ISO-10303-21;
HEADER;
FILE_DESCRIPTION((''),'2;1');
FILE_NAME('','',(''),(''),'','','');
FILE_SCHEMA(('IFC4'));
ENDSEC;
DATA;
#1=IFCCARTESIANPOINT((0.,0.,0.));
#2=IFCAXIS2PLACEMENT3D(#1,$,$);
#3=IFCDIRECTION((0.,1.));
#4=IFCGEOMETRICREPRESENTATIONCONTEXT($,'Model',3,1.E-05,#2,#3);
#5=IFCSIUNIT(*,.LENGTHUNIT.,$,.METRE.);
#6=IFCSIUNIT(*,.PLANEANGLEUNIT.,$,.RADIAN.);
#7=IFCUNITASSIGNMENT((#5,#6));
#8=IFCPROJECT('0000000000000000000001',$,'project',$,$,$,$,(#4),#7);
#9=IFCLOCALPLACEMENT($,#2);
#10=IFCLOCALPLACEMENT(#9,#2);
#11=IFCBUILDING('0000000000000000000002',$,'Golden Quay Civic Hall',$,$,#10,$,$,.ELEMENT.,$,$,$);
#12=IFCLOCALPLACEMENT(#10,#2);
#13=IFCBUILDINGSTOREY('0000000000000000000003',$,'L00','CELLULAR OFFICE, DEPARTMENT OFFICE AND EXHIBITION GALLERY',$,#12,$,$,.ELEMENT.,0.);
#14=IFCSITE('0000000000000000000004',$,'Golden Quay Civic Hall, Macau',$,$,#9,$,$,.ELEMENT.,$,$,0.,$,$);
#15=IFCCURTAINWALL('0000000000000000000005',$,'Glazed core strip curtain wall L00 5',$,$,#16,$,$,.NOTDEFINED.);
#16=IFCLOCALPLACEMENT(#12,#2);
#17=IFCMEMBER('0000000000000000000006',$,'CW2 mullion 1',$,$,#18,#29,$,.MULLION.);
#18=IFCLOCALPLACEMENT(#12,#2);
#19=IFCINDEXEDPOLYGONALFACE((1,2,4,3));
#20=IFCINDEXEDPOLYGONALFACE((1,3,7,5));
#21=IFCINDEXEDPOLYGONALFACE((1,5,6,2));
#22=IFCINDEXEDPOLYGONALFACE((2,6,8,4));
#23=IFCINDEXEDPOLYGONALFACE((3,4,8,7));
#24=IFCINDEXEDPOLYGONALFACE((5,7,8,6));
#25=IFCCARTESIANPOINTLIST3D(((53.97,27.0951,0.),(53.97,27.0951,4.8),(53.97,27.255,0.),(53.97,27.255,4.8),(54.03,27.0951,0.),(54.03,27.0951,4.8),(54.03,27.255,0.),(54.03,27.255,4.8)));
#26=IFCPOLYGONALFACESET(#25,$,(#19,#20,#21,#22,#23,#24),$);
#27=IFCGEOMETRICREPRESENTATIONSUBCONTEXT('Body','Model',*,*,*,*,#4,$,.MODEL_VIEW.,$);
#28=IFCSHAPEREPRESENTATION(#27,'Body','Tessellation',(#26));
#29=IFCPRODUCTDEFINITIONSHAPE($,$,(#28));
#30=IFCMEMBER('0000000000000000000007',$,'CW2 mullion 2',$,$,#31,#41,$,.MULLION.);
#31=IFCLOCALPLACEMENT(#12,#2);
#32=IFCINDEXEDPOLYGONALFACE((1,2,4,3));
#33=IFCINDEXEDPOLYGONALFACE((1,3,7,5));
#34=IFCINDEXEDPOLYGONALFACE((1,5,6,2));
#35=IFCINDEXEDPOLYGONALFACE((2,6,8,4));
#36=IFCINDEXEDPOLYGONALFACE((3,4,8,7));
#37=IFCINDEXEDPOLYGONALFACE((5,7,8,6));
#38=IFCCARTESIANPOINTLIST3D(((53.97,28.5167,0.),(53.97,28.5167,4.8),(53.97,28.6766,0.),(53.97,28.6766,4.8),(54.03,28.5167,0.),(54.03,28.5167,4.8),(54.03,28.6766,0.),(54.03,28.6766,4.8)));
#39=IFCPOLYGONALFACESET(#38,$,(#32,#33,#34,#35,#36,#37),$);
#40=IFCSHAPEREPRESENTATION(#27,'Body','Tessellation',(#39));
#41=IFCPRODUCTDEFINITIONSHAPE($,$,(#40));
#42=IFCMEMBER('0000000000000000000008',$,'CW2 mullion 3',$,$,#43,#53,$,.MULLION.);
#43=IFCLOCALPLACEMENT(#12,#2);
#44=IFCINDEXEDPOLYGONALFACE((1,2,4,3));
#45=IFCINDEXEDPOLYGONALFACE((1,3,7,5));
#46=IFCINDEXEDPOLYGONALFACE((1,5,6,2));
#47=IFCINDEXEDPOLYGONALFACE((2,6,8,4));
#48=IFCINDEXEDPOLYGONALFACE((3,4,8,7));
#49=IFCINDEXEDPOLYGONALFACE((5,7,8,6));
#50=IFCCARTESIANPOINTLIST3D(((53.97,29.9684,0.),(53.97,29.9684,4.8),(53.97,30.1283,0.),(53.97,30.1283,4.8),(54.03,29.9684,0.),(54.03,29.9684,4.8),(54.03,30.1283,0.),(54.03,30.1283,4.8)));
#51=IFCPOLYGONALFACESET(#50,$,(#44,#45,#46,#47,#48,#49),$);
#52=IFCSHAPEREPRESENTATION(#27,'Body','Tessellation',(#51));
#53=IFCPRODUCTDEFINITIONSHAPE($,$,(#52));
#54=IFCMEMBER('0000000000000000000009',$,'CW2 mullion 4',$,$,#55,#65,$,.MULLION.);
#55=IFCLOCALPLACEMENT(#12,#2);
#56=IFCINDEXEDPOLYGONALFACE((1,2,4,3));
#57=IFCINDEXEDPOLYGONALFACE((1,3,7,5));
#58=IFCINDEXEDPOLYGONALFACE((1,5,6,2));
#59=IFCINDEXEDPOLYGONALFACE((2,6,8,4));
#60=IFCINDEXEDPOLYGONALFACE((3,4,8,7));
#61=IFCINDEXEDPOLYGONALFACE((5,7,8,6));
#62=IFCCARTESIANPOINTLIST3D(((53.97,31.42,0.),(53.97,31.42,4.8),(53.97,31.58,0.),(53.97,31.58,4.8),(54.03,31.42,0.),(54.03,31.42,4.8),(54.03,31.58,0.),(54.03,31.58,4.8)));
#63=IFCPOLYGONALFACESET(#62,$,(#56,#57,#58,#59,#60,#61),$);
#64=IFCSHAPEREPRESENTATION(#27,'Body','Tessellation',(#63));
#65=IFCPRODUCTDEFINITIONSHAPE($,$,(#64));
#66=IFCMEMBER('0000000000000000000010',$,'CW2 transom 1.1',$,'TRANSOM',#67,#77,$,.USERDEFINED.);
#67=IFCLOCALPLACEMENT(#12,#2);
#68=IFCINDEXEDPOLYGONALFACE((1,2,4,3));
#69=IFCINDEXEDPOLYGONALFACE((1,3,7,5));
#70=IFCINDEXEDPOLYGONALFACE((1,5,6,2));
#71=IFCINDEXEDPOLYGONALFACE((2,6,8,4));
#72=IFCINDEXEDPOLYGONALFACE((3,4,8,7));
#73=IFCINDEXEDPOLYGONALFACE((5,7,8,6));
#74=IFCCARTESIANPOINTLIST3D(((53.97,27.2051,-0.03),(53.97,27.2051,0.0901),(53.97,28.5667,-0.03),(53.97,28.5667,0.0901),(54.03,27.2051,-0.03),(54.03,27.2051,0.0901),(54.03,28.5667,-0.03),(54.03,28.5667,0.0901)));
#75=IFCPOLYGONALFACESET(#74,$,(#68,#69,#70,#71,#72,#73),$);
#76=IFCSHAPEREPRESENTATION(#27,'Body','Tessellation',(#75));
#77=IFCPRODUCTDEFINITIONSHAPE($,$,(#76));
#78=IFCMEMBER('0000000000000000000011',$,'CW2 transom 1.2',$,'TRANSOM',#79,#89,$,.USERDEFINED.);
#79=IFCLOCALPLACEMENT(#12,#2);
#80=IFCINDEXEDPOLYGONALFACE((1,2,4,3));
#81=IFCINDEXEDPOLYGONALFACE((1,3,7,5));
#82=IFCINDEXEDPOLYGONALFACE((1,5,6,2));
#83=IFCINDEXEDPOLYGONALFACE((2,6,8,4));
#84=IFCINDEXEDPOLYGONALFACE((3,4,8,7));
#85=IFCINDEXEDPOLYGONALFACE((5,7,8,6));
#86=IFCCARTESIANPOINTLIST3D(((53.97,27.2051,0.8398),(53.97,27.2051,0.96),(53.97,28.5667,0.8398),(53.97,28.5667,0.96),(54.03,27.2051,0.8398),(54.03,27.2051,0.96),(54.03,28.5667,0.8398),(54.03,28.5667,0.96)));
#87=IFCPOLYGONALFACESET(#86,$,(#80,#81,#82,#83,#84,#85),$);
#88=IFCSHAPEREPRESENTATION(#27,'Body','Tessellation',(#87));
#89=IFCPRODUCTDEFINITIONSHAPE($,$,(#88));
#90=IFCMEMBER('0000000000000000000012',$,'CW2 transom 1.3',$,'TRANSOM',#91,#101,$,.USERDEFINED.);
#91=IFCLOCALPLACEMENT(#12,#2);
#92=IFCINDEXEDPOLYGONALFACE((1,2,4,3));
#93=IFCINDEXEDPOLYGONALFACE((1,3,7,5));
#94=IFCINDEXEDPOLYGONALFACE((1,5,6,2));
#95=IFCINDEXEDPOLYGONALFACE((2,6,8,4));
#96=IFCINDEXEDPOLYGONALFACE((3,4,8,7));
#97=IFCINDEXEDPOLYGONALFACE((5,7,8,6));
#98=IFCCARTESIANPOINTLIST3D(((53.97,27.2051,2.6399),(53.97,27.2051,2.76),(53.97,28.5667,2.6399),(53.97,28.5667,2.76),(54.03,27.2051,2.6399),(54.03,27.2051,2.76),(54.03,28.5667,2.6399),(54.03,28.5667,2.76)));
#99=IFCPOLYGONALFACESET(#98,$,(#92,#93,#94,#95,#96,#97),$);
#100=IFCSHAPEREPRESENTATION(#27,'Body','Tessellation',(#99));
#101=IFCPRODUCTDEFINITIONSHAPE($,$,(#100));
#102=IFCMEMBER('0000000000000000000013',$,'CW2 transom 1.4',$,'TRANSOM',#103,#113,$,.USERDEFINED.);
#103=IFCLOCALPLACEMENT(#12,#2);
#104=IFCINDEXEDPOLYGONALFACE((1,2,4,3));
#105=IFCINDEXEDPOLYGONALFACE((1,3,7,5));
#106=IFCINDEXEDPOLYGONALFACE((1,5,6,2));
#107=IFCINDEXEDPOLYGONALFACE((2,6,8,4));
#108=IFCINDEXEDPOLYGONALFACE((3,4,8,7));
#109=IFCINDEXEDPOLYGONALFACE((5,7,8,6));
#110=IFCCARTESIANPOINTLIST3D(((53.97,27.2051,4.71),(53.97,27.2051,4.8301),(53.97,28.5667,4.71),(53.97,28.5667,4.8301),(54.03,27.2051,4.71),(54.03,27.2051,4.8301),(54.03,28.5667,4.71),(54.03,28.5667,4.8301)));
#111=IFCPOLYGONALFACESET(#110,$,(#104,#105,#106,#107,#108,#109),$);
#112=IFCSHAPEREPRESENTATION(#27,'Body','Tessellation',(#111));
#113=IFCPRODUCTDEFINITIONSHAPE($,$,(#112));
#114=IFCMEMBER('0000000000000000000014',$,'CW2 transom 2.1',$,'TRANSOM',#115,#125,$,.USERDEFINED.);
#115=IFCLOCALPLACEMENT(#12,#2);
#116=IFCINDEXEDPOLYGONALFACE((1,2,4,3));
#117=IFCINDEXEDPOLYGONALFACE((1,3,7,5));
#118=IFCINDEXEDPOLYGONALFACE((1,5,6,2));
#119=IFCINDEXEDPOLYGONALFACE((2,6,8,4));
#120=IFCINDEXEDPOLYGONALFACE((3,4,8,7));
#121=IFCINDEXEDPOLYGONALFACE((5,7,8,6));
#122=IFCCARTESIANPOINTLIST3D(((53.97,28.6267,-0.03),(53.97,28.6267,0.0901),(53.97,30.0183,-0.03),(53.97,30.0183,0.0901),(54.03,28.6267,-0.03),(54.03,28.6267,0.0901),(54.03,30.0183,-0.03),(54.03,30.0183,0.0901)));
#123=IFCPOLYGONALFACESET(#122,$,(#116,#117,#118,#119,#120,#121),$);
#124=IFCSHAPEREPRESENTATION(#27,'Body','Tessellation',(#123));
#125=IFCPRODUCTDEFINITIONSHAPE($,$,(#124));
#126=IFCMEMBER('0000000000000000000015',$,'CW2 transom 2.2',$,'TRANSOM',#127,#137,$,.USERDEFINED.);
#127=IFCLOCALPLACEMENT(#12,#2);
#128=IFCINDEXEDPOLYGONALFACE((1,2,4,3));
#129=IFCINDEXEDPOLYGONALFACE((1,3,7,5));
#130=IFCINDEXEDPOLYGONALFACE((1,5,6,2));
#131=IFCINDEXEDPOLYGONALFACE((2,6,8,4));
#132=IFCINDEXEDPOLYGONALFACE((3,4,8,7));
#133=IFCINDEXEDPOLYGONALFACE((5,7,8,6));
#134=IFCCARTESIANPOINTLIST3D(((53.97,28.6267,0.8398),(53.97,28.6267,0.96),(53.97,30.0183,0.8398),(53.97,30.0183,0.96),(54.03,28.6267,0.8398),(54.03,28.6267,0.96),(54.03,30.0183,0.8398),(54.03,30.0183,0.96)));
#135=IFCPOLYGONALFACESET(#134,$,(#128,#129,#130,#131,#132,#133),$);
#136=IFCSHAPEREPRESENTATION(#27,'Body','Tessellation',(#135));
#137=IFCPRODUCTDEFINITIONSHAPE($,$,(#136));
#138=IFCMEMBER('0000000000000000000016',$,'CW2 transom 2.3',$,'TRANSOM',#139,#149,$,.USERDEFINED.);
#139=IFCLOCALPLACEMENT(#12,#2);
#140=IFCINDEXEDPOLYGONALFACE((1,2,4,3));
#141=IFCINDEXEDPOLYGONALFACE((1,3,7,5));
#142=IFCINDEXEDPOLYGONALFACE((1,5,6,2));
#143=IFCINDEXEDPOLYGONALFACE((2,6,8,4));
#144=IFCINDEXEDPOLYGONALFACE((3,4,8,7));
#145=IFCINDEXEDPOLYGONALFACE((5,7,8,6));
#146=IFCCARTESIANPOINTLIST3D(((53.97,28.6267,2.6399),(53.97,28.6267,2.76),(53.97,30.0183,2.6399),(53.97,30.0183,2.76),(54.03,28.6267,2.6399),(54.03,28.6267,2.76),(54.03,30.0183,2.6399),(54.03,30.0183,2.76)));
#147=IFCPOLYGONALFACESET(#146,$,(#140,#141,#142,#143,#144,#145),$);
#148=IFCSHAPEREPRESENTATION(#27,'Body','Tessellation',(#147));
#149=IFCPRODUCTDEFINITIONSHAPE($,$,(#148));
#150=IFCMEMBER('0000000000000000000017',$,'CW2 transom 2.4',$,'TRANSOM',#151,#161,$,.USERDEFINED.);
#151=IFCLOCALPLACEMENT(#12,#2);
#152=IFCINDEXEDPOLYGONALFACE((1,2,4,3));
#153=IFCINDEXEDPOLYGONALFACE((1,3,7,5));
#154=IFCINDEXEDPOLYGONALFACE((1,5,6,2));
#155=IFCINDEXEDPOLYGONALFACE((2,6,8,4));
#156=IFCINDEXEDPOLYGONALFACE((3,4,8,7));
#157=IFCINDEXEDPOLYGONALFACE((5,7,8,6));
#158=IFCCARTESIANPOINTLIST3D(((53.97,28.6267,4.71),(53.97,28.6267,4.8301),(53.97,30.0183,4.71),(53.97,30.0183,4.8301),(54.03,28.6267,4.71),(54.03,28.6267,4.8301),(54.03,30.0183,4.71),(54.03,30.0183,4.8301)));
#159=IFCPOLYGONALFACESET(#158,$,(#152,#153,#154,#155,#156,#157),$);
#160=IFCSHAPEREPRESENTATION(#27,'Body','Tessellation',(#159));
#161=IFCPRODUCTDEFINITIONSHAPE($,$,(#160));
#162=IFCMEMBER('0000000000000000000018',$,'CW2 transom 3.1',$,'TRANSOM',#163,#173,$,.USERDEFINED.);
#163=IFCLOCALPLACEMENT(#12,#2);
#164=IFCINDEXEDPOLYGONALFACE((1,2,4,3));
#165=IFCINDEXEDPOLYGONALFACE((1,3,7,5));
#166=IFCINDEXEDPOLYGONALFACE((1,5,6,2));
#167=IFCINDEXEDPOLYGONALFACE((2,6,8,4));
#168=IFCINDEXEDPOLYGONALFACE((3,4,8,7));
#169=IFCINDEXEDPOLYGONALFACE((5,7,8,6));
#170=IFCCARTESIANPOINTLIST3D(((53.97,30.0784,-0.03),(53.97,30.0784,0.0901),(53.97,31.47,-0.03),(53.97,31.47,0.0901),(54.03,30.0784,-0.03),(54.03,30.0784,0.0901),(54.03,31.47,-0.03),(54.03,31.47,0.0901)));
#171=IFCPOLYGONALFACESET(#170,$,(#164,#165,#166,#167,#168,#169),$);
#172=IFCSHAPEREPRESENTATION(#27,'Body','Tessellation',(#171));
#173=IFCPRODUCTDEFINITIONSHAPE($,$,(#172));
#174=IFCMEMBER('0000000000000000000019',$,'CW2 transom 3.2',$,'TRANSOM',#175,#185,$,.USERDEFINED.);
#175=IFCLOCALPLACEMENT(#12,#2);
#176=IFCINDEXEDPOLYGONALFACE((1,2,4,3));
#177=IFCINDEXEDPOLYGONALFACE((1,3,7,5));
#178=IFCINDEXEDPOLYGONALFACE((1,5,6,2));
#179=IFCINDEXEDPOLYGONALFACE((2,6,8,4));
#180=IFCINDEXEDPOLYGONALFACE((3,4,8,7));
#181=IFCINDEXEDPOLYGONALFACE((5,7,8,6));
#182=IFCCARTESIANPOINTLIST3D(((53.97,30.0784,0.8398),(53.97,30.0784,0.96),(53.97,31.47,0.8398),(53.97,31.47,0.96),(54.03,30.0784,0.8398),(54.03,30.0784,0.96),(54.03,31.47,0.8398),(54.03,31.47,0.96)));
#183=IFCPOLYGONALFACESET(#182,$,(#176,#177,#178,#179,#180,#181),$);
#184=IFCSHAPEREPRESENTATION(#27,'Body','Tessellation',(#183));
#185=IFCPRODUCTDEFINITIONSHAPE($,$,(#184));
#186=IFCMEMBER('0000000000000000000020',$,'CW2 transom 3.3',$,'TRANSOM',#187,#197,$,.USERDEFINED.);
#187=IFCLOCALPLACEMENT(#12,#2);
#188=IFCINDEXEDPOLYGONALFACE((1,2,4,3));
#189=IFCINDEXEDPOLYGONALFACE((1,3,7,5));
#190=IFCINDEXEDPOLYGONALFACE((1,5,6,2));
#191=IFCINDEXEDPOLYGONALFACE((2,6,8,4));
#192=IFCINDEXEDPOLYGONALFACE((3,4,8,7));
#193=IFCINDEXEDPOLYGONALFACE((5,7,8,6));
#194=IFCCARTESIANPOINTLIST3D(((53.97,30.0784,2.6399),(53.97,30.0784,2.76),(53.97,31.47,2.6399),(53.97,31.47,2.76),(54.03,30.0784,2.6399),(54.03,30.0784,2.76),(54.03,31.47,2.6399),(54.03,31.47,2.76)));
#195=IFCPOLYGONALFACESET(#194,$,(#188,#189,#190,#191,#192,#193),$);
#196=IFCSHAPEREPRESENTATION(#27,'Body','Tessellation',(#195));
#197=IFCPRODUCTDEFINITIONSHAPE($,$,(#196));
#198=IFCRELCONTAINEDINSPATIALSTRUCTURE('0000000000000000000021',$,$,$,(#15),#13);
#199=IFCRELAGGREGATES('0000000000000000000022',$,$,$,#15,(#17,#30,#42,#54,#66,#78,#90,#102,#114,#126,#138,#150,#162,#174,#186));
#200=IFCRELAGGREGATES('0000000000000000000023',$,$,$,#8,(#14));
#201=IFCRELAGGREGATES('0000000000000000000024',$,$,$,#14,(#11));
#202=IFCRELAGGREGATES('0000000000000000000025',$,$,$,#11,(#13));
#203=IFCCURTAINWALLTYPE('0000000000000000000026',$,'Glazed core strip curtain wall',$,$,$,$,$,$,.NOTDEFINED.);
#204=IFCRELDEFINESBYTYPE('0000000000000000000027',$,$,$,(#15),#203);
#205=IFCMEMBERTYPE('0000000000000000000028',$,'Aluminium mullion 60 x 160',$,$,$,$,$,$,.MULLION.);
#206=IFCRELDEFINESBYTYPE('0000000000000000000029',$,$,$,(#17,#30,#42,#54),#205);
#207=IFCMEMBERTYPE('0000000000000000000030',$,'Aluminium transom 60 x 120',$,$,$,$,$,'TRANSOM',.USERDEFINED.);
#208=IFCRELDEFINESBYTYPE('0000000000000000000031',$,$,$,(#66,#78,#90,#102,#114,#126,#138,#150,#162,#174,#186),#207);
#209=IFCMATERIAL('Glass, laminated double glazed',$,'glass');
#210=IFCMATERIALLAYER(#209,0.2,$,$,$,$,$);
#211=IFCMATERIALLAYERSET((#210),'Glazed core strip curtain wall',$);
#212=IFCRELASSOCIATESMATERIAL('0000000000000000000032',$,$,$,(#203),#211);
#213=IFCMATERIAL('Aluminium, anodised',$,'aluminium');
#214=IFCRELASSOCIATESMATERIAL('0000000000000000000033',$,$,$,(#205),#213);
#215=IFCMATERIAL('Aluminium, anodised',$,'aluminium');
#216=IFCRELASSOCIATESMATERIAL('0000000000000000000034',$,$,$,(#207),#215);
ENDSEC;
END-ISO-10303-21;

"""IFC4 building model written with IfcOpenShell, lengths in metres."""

from ifc_helpers import new_model, si_unit, direction, frame, origin, origin_2d, place, context, subcontext, project, spatial, rectangle, extrude, material, layer, layer_set, material_profile, profile_set, type_object, element, aggregate, save


model = new_model("IFC4")

# Units and contexts
model_context = context("Model", 3, precision=1e-05, world=origin(), true_north=direction((0.0, 1.0)))
body_context = subcontext(model_context, "Body", "Model", "MODEL_VIEW")
ifc_project = project(units=[si_unit("LENGTHUNIT", "METRE"), si_unit("PLANEANGLEUNIT", "RADIAN")], contexts=[model_context])

# Site, building, storey
site_placement = place(None, origin())
site = spatial("IfcSite", under=ifc_project, at=site_placement, Name="Golden Quay Civic Hall, Macau", CompositionType="ELEMENT", RefElevation=0.0)
building_placement = place(site_placement, origin())
building = spatial("IfcBuilding", under=site, at=building_placement, Name="Golden Quay Civic Hall", CompositionType="ELEMENT")
storey_placement = place(building_placement, origin())
storey = spatial("IfcBuildingStorey", under=building, at=storey_placement, Name="L00", Description="CELLULAR OFFICE, DEPARTMENT OFFICE AND EXHIBITION GALLERY", CompositionType="ELEMENT", Elevation=0.0)

# Curtain wall, members
ifc_material_1 = material(Name="Glass, laminated double glazed", Category="glass")
ifc_layer_1 = layer(ifc_material_1, 0.2)
ifc_layer_set_1 = layer_set([ifc_layer_1], Name="Glazed core strip curtain wall")
curtain_wall_type = type_object("IfcCurtainWallType", Name="Glazed core strip curtain wall", PredefinedType="NOTDEFINED", material=ifc_layer_set_1)
curtain_wall_placement = place(storey_placement, origin())
curtain_wall = element("IfcCurtainWall", 1, at=curtain_wall_placement, inside=storey, type_object=curtain_wall_type, Name="Glazed core strip curtain wall L00 5", PredefinedType="NOTDEFINED")
ifc_material_2 = material(Name="Aluminium, anodised", Category="aluminium")
ifc_material_profile_1 = material_profile(ifc_material_2, rectangle(XDim=0.0601, YDim=0.1599, at=origin_2d()), Name="Aluminium 60 x 160")
ifc_profile_set_1 = profile_set([ifc_material_profile_1], Name="Aluminium, anodised")
member_type_1 = type_object("IfcMemberType", Name="Aluminium mullion 60 x 160", PredefinedType="MULLION", material=ifc_profile_set_1)
member_1_placement = place(storey_placement, frame((54.0, 27.175, 0.0), z_axis=(0.0, 0.0, 1.0), x_axis=(-1.0, 0.0, 0.0)))
member_1 = element("IfcMember", 2, at=member_1_placement, type_object=member_type_1, Name="CW2 mullion 1", PredefinedType="MULLION", context=body_context, shape_type="SweptSolid", body=[
    extrude(rectangle(XDim=0.0601, YDim=0.1599, at=origin_2d()), origin(), (0.0, 0.0, 1.0), 4.8),
])
member_2_placement = place(storey_placement, frame((54.0, 28.5967, 0.0), z_axis=(0.0, 0.0, 1.0), x_axis=(-1.0, 0.0, 0.0)))
member_2 = element("IfcMember", 3, at=member_2_placement, type_object=member_type_1, Name="CW2 mullion 2", PredefinedType="MULLION", context=body_context, shape_type="SweptSolid", body=[
    extrude(rectangle(XDim=0.0601, YDim=0.1599, at=origin_2d()), origin(), (0.0, 0.0, 1.0), 4.8),
])
member_3_placement = place(storey_placement, frame((54.0, 30.0483, 0.0), z_axis=(0.0, 0.0, 1.0), x_axis=(-1.0, 0.0, 0.0)))
member_3 = element("IfcMember", 4, at=member_3_placement, type_object=member_type_1, Name="CW2 mullion 3", PredefinedType="MULLION", context=body_context, shape_type="SweptSolid", body=[
    extrude(rectangle(XDim=0.0601, YDim=0.1599, at=origin_2d()), origin(), (0.0, 0.0, 1.0), 4.8),
])
member_4_placement = place(storey_placement, frame((54.0, 31.5, 0.0), z_axis=(0.0, 0.0, 1.0), x_axis=(-1.0, 0.0, 0.0)))
member_4 = element("IfcMember", 5, at=member_4_placement, type_object=member_type_1, Name="CW2 mullion 4", PredefinedType="MULLION", context=body_context, shape_type="SweptSolid", body=[
    extrude(rectangle(XDim=0.0601, YDim=0.1599, at=origin_2d()), origin(), (0.0, 0.0, 1.0), 4.8),
])
ifc_material_3 = material(Name="Aluminium, anodised", Category="aluminium")
ifc_material_profile_2 = material_profile(ifc_material_3, rectangle(XDim=0.0601, YDim=0.1201, at=origin_2d()), Name="Aluminium 60 x 120")
ifc_profile_set_2 = profile_set([ifc_material_profile_2], Name="Aluminium, anodised")
member_type_2 = type_object("IfcMemberType", Name="Aluminium transom 60 x 120", ElementType="TRANSOM", PredefinedType="USERDEFINED", material=ifc_profile_set_2)
member_5_placement = place(storey_placement, frame((54.0, 27.2051, 0.03), z_axis=(0.0, 1.0, 0.0), x_axis=(-1.0, 0.0, 0.0)))
member_5 = element("IfcMember", 6, at=member_5_placement, type_object=member_type_2, Name="CW2 transom 1.1", ObjectType="TRANSOM", PredefinedType="USERDEFINED", context=body_context, shape_type="SweptSolid", body=[
    extrude(rectangle(XDim=0.0601, YDim=0.1201, at=origin_2d()), origin(), (0.0, 0.0, 1.0), 1.3616),
])
member_6_placement = place(storey_placement, frame((54.0, 27.2051, 0.8999), z_axis=(0.0, 1.0, 0.0), x_axis=(-1.0, 0.0, 0.0)))
member_6 = element("IfcMember", 7, at=member_6_placement, type_object=member_type_2, Name="CW2 transom 1.2", ObjectType="TRANSOM", PredefinedType="USERDEFINED", context=body_context, shape_type="SweptSolid", body=[
    extrude(rectangle(XDim=0.0601, YDim=0.1201, at=origin_2d()), origin(), (0.0, 0.0, 1.0), 1.3616),
])
member_7_placement = place(storey_placement, frame((54.0, 27.2051, 2.7), z_axis=(0.0, 1.0, 0.0), x_axis=(-1.0, 0.0, 0.0)))
member_7 = element("IfcMember", 8, at=member_7_placement, type_object=member_type_2, Name="CW2 transom 1.3", ObjectType="TRANSOM", PredefinedType="USERDEFINED", context=body_context, shape_type="SweptSolid", body=[
    extrude(rectangle(XDim=0.0601, YDim=0.1201, at=origin_2d()), origin(), (0.0, 0.0, 1.0), 1.3616),
])
member_8_placement = place(storey_placement, frame((54.0, 27.2051, 4.77), z_axis=(0.0, 1.0, 0.0), x_axis=(-1.0, 0.0, 0.0)))
member_8 = element("IfcMember", 9, at=member_8_placement, type_object=member_type_2, Name="CW2 transom 1.4", ObjectType="TRANSOM", PredefinedType="USERDEFINED", context=body_context, shape_type="SweptSolid", body=[
    extrude(rectangle(XDim=0.0601, YDim=0.1201, at=origin_2d()), origin(), (0.0, 0.0, 1.0), 1.3616),
])
member_9_placement = place(storey_placement, frame((54.0, 28.6267, 0.03), z_axis=(0.0, 1.0, 0.0), x_axis=(-1.0, 0.0, 0.0)))
member_9 = element("IfcMember", 10, at=member_9_placement, type_object=member_type_2, Name="CW2 transom 2.1", ObjectType="TRANSOM", PredefinedType="USERDEFINED", context=body_context, shape_type="SweptSolid", body=[
    extrude(rectangle(XDim=0.0601, YDim=0.1201, at=origin_2d()), origin(), (0.0, 0.0, 1.0), 1.3916),
])
member_10_placement = place(storey_placement, frame((54.0, 28.6267, 0.8999), z_axis=(0.0, 1.0, 0.0), x_axis=(-1.0, 0.0, 0.0)))
member_10 = element("IfcMember", 11, at=member_10_placement, type_object=member_type_2, Name="CW2 transom 2.2", ObjectType="TRANSOM", PredefinedType="USERDEFINED", context=body_context, shape_type="SweptSolid", body=[
    extrude(rectangle(XDim=0.0601, YDim=0.1201, at=origin_2d()), origin(), (0.0, 0.0, 1.0), 1.3916),
])
member_11_placement = place(storey_placement, frame((54.0, 28.6267, 2.7), z_axis=(0.0, 1.0, 0.0), x_axis=(-1.0, 0.0, 0.0)))
member_11 = element("IfcMember", 12, at=member_11_placement, type_object=member_type_2, Name="CW2 transom 2.3", ObjectType="TRANSOM", PredefinedType="USERDEFINED", context=body_context, shape_type="SweptSolid", body=[
    extrude(rectangle(XDim=0.0601, YDim=0.1201, at=origin_2d()), origin(), (0.0, 0.0, 1.0), 1.3916),
])
member_12_placement = place(storey_placement, frame((54.0, 28.6267, 4.77), z_axis=(0.0, 1.0, 0.0), x_axis=(-1.0, 0.0, 0.0)))
member_12 = element("IfcMember", 13, at=member_12_placement, type_object=member_type_2, Name="CW2 transom 2.4", ObjectType="TRANSOM", PredefinedType="USERDEFINED", context=body_context, shape_type="SweptSolid", body=[
    extrude(rectangle(XDim=0.0601, YDim=0.1201, at=origin_2d()), origin(), (0.0, 0.0, 1.0), 1.3916),
])
member_13_placement = place(storey_placement, frame((54.0, 30.0784, 0.03), z_axis=(0.0, 1.0, 0.0), x_axis=(-1.0, 0.0, 0.0)))
member_13 = element("IfcMember", 14, at=member_13_placement, type_object=member_type_2, Name="CW2 transom 3.1", ObjectType="TRANSOM", PredefinedType="USERDEFINED", context=body_context, shape_type="SweptSolid", body=[
    extrude(rectangle(XDim=0.0601, YDim=0.1201, at=origin_2d()), origin(), (0.0, 0.0, 1.0), 1.3916),
])
member_14_placement = place(storey_placement, frame((54.0, 30.0784, 0.8999), z_axis=(0.0, 1.0, 0.0), x_axis=(-1.0, 0.0, 0.0)))
member_14 = element("IfcMember", 15, at=member_14_placement, type_object=member_type_2, Name="CW2 transom 3.2", ObjectType="TRANSOM", PredefinedType="USERDEFINED", context=body_context, shape_type="SweptSolid", body=[
    extrude(rectangle(XDim=0.0601, YDim=0.1201, at=origin_2d()), origin(), (0.0, 0.0, 1.0), 1.3916),
])
member_15_placement = place(storey_placement, frame((54.0, 30.0784, 2.7), z_axis=(0.0, 1.0, 0.0), x_axis=(-1.0, 0.0, 0.0)))
member_15 = element("IfcMember", 16, at=member_15_placement, type_object=member_type_2, Name="CW2 transom 3.3", ObjectType="TRANSOM", PredefinedType="USERDEFINED", context=body_context, shape_type="SweptSolid", body=[
    extrude(rectangle(XDim=0.0601, YDim=0.1201, at=origin_2d()), origin(), (0.0, 0.0, 1.0), 1.3916),
])
aggregate(curtain_wall, [member_1, member_2, member_3, member_4, member_5, member_6, member_7, member_8, member_9, member_10, member_11, member_12, member_13, member_14, member_15])

save(model, "model.ifc")
